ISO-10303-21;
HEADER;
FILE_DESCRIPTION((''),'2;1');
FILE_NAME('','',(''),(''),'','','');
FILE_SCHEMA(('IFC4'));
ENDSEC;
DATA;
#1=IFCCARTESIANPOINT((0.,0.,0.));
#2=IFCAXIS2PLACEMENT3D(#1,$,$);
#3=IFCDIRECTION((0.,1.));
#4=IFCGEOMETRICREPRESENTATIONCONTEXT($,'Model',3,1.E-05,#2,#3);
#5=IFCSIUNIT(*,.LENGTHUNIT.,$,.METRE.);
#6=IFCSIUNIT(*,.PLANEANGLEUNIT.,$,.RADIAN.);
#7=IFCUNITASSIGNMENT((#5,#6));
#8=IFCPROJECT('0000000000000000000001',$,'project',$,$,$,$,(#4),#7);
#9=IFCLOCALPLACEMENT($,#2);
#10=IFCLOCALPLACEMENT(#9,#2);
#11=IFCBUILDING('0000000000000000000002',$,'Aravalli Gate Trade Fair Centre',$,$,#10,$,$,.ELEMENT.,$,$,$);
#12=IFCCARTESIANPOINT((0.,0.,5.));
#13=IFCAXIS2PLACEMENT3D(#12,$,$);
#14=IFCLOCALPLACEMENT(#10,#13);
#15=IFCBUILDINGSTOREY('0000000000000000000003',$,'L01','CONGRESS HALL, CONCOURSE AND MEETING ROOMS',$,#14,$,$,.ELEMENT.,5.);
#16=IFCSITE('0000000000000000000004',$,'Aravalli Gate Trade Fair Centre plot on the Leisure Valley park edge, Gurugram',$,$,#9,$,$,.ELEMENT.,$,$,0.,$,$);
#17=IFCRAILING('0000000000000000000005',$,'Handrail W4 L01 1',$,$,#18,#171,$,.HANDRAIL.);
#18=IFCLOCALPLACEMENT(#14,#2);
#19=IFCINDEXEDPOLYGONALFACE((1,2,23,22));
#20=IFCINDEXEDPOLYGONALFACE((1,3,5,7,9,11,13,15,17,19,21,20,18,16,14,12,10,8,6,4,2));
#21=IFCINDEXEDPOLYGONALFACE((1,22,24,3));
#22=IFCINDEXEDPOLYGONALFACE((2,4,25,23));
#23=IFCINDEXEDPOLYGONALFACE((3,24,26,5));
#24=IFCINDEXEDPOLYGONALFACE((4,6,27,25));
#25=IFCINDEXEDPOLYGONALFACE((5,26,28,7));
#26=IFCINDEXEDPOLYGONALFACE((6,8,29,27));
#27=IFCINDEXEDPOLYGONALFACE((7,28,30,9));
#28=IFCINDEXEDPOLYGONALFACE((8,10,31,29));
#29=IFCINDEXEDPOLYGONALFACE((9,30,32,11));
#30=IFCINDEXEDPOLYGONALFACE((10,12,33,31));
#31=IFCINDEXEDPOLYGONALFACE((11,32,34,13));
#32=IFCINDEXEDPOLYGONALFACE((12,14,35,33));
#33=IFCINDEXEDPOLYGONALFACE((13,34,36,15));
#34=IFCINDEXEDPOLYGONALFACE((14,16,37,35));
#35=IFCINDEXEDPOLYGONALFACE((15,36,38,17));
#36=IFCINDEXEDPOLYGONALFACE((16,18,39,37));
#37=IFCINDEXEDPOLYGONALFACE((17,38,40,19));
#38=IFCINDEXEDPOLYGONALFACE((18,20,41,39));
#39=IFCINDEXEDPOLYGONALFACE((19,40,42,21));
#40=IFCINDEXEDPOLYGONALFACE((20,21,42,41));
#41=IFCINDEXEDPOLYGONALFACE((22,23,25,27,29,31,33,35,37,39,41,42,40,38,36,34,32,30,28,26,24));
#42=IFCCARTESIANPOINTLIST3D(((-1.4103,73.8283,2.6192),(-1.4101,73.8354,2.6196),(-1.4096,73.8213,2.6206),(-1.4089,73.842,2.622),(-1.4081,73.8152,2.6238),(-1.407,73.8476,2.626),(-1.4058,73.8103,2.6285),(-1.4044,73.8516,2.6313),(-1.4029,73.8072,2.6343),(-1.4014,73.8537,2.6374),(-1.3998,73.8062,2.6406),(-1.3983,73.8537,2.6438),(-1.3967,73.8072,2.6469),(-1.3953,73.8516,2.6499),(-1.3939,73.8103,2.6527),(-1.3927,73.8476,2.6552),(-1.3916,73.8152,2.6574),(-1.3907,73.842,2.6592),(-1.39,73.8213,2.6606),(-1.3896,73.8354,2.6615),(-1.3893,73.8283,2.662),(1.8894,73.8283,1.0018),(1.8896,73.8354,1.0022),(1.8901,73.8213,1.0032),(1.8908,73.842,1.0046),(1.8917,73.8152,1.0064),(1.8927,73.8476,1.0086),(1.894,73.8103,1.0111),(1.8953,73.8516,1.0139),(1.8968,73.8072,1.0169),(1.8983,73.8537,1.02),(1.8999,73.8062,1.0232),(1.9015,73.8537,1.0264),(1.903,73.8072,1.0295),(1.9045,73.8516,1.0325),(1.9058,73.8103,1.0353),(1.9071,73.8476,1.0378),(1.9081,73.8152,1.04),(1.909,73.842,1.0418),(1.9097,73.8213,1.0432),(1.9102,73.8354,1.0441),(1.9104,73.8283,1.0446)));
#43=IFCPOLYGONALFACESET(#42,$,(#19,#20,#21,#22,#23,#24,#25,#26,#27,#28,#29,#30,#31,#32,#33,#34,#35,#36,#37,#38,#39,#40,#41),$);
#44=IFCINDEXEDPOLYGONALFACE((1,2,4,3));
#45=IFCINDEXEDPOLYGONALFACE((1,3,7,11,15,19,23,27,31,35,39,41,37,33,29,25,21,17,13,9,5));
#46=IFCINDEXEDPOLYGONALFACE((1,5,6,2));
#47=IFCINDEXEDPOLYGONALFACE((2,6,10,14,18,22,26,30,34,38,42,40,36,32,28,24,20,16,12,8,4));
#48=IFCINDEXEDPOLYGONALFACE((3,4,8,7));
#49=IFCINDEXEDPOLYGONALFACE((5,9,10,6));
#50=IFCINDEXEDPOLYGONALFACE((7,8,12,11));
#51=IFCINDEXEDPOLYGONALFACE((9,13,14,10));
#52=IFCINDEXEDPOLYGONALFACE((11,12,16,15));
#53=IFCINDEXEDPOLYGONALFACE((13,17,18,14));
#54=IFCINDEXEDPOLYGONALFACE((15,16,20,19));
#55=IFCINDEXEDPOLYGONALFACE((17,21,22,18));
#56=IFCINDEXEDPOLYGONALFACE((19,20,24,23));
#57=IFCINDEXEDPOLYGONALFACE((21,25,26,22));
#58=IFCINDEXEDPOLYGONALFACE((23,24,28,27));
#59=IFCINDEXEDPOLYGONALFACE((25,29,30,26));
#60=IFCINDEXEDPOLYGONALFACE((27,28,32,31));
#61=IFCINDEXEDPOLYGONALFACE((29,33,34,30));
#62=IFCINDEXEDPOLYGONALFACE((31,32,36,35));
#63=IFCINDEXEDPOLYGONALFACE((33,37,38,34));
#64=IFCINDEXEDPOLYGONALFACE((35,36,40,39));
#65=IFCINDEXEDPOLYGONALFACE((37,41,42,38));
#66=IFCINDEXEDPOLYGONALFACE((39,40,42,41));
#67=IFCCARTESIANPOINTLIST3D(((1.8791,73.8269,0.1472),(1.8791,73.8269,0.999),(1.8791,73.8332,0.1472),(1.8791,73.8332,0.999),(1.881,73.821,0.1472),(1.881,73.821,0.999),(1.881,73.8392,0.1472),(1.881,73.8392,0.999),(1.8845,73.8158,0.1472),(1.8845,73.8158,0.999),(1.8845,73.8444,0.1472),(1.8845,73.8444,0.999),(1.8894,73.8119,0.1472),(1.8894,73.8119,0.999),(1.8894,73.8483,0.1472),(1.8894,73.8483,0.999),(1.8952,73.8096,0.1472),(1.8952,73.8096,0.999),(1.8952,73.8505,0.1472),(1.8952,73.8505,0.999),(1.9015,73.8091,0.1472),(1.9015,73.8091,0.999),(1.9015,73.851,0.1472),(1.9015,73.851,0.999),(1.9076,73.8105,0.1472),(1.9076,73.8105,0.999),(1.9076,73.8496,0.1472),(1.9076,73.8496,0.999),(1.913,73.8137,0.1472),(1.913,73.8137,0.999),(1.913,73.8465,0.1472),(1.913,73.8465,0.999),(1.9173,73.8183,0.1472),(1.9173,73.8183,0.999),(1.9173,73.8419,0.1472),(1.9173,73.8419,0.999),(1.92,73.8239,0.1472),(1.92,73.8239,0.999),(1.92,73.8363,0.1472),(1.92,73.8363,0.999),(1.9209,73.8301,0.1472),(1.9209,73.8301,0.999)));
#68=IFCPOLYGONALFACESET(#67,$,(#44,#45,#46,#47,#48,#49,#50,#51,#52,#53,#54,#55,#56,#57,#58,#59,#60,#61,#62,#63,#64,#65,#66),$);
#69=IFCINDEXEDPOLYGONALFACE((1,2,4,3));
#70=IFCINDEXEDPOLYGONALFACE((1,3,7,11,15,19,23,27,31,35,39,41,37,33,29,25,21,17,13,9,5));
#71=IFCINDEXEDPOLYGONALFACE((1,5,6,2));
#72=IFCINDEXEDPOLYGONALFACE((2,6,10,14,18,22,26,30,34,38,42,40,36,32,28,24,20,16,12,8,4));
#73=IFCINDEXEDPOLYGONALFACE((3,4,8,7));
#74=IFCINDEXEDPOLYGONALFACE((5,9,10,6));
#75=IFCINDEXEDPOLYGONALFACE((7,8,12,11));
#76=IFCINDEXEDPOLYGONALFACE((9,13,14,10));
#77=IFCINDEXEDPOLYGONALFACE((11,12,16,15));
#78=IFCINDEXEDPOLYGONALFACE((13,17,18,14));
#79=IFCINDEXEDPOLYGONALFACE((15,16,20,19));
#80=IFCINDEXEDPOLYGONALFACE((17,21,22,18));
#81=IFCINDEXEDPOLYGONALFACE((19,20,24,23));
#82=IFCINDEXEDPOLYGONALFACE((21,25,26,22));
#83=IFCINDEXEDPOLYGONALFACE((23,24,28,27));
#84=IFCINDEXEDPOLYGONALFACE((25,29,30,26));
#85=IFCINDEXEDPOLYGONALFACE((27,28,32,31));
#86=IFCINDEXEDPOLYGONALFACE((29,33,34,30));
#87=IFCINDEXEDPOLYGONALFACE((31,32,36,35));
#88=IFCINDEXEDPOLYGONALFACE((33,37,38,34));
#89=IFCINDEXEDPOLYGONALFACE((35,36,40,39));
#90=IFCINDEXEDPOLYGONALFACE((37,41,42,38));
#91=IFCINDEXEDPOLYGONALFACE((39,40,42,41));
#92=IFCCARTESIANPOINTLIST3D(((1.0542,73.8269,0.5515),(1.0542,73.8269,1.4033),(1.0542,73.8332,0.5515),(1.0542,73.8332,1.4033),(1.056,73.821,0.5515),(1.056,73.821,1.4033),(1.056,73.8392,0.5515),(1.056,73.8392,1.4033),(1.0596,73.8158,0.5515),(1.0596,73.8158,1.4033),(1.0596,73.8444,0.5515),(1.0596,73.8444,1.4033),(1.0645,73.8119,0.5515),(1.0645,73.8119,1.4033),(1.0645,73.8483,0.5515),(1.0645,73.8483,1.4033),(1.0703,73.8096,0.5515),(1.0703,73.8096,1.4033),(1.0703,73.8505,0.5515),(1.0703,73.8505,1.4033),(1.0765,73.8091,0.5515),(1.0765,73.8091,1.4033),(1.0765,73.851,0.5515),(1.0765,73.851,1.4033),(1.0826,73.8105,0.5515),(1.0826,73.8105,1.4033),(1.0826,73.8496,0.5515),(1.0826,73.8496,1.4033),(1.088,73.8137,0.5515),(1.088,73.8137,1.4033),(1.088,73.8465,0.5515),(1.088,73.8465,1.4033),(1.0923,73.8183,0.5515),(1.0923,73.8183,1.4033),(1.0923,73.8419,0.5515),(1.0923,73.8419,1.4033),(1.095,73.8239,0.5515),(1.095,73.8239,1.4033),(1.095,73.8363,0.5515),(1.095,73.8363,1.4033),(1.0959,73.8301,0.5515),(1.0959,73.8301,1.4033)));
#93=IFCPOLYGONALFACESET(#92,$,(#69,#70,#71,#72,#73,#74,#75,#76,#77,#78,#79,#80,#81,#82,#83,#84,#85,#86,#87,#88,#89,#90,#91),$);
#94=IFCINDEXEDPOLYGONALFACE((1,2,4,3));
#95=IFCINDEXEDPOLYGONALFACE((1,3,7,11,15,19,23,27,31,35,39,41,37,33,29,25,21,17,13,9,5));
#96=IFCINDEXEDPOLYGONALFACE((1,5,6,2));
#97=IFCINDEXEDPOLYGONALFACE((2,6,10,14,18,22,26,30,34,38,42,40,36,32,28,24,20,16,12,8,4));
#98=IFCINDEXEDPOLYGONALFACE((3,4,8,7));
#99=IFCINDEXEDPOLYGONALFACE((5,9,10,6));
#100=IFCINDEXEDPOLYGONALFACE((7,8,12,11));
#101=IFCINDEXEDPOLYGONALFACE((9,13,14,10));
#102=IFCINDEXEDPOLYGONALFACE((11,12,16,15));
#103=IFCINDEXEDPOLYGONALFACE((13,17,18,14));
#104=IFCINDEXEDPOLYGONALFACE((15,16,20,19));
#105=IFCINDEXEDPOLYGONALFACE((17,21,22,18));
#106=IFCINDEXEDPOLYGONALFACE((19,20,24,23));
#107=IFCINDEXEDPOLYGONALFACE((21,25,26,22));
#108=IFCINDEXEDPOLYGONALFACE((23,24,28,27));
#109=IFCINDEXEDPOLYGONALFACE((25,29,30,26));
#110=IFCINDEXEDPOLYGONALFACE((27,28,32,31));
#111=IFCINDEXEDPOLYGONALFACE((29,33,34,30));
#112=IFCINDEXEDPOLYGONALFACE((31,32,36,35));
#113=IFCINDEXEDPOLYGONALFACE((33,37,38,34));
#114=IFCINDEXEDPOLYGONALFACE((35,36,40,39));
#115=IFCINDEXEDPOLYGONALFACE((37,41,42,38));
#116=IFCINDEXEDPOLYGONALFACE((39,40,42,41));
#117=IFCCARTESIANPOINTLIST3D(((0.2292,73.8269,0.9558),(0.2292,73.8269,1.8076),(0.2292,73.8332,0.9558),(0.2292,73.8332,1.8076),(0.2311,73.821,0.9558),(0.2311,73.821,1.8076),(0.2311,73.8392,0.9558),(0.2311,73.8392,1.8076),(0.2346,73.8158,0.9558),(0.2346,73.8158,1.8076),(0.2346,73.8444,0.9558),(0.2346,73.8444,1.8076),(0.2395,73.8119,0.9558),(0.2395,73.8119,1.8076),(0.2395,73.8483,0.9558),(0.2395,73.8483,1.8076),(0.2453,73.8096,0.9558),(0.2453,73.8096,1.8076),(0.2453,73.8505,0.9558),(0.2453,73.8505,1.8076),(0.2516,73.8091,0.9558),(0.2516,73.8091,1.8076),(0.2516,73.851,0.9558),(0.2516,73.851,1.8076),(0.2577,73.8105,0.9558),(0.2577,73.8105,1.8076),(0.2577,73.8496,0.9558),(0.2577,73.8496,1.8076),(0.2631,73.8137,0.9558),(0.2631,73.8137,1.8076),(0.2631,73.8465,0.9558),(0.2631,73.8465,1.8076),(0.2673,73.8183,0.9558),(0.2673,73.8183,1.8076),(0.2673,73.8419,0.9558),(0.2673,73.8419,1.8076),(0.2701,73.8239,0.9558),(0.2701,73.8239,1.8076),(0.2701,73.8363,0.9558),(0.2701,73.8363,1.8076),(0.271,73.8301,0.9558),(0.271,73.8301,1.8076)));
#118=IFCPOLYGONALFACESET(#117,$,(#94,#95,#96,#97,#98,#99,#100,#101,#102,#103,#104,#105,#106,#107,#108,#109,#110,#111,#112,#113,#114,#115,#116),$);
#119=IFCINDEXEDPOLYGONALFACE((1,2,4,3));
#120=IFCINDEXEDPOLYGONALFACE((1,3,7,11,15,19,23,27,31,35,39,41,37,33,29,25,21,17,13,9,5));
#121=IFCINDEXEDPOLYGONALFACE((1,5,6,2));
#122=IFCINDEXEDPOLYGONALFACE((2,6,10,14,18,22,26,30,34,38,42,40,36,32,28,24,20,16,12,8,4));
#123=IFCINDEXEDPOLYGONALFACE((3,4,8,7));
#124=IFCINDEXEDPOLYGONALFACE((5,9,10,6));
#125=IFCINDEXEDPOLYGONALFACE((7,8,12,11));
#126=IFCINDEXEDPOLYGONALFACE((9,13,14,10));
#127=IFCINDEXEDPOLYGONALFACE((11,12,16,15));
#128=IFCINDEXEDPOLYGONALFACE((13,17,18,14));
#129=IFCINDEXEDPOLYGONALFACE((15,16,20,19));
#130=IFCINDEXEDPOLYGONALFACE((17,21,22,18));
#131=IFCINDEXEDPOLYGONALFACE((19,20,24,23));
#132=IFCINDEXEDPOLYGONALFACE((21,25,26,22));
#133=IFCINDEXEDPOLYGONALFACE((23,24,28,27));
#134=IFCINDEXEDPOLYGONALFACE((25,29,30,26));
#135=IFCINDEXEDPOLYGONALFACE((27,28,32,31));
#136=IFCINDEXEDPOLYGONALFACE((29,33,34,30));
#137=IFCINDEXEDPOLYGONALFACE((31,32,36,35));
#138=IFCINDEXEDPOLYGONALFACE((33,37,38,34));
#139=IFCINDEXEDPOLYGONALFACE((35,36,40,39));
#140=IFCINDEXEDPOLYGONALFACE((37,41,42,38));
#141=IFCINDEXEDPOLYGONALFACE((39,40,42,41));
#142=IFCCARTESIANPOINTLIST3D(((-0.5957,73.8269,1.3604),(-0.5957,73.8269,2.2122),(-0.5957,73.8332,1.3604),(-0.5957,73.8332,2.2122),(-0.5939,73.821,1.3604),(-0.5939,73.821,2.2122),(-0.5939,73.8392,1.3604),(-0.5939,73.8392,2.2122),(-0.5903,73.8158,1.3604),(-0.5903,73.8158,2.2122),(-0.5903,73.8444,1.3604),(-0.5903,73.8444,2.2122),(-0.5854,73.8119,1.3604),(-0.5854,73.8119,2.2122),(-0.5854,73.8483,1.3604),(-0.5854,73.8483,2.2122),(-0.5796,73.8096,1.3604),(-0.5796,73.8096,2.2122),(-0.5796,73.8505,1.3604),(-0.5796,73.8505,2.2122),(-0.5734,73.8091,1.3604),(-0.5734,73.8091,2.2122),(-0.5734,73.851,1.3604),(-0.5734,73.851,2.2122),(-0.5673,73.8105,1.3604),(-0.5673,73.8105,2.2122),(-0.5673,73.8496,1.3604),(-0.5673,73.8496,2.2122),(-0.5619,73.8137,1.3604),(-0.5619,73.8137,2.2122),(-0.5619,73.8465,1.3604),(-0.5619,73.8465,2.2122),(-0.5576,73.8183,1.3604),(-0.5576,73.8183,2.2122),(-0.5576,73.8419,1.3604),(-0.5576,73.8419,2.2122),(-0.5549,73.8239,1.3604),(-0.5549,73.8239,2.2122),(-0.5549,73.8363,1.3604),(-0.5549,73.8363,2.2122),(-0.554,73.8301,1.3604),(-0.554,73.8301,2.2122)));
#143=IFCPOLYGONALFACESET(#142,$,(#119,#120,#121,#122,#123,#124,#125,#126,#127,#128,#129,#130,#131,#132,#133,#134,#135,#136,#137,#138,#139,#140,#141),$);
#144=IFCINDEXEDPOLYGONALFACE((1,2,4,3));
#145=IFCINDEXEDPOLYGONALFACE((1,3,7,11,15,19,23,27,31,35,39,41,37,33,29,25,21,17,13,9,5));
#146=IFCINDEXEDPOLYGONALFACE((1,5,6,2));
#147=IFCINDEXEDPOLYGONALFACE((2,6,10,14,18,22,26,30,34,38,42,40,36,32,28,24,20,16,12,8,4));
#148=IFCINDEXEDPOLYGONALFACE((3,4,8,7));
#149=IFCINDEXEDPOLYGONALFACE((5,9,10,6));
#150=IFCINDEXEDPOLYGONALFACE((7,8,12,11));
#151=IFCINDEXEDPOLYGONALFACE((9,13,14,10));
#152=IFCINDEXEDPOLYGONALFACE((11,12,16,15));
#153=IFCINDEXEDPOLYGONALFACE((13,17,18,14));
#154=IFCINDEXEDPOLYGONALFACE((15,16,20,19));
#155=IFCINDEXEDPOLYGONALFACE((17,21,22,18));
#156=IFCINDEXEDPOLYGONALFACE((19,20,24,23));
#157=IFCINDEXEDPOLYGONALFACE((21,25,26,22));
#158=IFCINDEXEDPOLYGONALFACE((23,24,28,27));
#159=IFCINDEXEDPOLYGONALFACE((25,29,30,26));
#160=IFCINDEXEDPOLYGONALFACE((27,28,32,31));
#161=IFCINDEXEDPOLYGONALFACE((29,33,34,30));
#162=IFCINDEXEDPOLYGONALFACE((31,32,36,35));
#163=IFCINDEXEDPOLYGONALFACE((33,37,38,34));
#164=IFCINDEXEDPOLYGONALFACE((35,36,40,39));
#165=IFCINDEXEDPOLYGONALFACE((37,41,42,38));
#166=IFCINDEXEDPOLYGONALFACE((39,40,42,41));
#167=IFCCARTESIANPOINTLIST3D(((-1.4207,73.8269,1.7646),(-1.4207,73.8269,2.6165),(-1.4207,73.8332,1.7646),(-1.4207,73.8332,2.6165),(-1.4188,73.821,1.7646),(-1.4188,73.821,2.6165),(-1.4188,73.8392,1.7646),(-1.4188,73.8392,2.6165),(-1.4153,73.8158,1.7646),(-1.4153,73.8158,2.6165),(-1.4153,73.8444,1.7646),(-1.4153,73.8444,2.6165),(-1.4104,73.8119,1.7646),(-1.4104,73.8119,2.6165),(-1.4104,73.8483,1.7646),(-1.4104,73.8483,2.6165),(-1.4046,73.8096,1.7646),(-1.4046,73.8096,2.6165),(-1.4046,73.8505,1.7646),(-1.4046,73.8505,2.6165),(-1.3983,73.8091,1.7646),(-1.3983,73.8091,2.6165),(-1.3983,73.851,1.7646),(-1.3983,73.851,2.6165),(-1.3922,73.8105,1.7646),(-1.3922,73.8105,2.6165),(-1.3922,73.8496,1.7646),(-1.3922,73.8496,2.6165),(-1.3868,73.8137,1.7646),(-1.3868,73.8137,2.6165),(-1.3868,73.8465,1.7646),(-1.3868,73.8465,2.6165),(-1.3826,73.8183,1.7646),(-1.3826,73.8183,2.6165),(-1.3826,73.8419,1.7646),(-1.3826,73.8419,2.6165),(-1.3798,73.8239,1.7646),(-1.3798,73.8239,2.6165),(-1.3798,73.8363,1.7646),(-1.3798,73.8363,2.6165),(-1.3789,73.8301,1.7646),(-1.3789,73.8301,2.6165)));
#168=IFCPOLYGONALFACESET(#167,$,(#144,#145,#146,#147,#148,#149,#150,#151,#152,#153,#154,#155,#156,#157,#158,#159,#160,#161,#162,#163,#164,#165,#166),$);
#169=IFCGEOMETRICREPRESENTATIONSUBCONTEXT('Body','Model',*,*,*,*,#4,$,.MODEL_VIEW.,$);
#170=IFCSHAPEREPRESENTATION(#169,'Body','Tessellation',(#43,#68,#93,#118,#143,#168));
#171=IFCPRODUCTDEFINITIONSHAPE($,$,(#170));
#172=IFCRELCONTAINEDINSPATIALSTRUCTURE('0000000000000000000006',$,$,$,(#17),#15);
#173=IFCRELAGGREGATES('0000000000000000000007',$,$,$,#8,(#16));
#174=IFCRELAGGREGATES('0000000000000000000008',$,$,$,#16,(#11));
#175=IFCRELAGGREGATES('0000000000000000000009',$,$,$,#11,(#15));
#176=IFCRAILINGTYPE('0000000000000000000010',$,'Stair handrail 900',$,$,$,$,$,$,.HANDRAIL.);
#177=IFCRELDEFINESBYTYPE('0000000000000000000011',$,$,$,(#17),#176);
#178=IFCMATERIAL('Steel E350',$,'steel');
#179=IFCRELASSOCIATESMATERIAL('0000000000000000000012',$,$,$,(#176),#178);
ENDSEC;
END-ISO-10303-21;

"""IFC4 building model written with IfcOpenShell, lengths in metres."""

from ifc_helpers import new_model, si_unit, direction, frame, origin, origin_2d, place, context, subcontext, project, spatial, circle, extrude, material, type_object, element, save


model = new_model("IFC4")

# Units and contexts
model_context = context("Model", 3, precision=1e-05, world=origin(), true_north=direction((0.0, 1.0)))
body_context = subcontext(model_context, "Body", "Model", "MODEL_VIEW")
ifc_project = project(units=[si_unit("LENGTHUNIT", "METRE"), si_unit("PLANEANGLEUNIT", "RADIAN")], contexts=[model_context])

# Site, building, storey
site_placement = place(None, origin())
site = spatial("IfcSite", under=ifc_project, at=site_placement, Name="Aravalli Gate Trade Fair Centre plot on the Leisure Valley park edge, Gurugram", CompositionType="ELEMENT", RefElevation=0.0)
building_placement = place(site_placement, origin())
building = spatial("IfcBuilding", under=site, at=building_placement, Name="Aravalli Gate Trade Fair Centre", CompositionType="ELEMENT")
storey_placement = place(building_placement, frame((0.0, 0.0, 5.0)))
storey = spatial("IfcBuildingStorey", under=building, at=storey_placement, Name="L01", Description="CONGRESS HALL, CONCOURSE AND MEETING ROOMS", CompositionType="ELEMENT", Elevation=5.0)

# Railing
ifc_material_1 = material(Name="Steel E350", Category="steel")
railing_type = type_object("IfcRailingType", Name="Stair handrail 900", PredefinedType="HANDRAIL", material=ifc_material_1)
for number, where, name in (
    (1, (1.8999, 73.8301, 0.1472), "Handrail W4 L01 1"),
):
    element("IfcRailing", number, at=place(storey_placement, frame(where)), inside=storey, type_object=railing_type, Name=name, PredefinedType="HANDRAIL", context=body_context, shape_type="SweptSolid", body=[
        extrude(circle(Radius=0.0239, at=origin_2d()), frame((0.0, 0.0, 0.876), z_axis=(-0.897934, 0.0, 0.440131), x_axis=(0.0, -1.0, 0.0)), (0.0, 0.0, 1.0), 3.6748),
        extrude(circle(Radius=0.021, at=origin_2d()), origin(), (0.0, 0.0, 1.0), 0.8518),
        extrude(circle(Radius=0.021, at=origin_2d()), frame((-0.825, 0.0, 0.4043)), (0.0, 0.0, 1.0), 0.8518),
        extrude(circle(Radius=0.021, at=origin_2d()), frame((-1.6499, 0.0, 0.8086)), (0.0, 0.0, 1.0), 0.8518),
        extrude(circle(Radius=0.021, at=origin_2d()), frame((-2.4749, 0.0, 1.2131)), (0.0, 0.0, 1.0), 0.8518),
        extrude(circle(Radius=0.021, at=origin_2d()), frame((-3.2998, 0.0, 1.6174)), (0.0, 0.0, 1.0), 0.8518),
    ])

save(model, "model.ifc")
